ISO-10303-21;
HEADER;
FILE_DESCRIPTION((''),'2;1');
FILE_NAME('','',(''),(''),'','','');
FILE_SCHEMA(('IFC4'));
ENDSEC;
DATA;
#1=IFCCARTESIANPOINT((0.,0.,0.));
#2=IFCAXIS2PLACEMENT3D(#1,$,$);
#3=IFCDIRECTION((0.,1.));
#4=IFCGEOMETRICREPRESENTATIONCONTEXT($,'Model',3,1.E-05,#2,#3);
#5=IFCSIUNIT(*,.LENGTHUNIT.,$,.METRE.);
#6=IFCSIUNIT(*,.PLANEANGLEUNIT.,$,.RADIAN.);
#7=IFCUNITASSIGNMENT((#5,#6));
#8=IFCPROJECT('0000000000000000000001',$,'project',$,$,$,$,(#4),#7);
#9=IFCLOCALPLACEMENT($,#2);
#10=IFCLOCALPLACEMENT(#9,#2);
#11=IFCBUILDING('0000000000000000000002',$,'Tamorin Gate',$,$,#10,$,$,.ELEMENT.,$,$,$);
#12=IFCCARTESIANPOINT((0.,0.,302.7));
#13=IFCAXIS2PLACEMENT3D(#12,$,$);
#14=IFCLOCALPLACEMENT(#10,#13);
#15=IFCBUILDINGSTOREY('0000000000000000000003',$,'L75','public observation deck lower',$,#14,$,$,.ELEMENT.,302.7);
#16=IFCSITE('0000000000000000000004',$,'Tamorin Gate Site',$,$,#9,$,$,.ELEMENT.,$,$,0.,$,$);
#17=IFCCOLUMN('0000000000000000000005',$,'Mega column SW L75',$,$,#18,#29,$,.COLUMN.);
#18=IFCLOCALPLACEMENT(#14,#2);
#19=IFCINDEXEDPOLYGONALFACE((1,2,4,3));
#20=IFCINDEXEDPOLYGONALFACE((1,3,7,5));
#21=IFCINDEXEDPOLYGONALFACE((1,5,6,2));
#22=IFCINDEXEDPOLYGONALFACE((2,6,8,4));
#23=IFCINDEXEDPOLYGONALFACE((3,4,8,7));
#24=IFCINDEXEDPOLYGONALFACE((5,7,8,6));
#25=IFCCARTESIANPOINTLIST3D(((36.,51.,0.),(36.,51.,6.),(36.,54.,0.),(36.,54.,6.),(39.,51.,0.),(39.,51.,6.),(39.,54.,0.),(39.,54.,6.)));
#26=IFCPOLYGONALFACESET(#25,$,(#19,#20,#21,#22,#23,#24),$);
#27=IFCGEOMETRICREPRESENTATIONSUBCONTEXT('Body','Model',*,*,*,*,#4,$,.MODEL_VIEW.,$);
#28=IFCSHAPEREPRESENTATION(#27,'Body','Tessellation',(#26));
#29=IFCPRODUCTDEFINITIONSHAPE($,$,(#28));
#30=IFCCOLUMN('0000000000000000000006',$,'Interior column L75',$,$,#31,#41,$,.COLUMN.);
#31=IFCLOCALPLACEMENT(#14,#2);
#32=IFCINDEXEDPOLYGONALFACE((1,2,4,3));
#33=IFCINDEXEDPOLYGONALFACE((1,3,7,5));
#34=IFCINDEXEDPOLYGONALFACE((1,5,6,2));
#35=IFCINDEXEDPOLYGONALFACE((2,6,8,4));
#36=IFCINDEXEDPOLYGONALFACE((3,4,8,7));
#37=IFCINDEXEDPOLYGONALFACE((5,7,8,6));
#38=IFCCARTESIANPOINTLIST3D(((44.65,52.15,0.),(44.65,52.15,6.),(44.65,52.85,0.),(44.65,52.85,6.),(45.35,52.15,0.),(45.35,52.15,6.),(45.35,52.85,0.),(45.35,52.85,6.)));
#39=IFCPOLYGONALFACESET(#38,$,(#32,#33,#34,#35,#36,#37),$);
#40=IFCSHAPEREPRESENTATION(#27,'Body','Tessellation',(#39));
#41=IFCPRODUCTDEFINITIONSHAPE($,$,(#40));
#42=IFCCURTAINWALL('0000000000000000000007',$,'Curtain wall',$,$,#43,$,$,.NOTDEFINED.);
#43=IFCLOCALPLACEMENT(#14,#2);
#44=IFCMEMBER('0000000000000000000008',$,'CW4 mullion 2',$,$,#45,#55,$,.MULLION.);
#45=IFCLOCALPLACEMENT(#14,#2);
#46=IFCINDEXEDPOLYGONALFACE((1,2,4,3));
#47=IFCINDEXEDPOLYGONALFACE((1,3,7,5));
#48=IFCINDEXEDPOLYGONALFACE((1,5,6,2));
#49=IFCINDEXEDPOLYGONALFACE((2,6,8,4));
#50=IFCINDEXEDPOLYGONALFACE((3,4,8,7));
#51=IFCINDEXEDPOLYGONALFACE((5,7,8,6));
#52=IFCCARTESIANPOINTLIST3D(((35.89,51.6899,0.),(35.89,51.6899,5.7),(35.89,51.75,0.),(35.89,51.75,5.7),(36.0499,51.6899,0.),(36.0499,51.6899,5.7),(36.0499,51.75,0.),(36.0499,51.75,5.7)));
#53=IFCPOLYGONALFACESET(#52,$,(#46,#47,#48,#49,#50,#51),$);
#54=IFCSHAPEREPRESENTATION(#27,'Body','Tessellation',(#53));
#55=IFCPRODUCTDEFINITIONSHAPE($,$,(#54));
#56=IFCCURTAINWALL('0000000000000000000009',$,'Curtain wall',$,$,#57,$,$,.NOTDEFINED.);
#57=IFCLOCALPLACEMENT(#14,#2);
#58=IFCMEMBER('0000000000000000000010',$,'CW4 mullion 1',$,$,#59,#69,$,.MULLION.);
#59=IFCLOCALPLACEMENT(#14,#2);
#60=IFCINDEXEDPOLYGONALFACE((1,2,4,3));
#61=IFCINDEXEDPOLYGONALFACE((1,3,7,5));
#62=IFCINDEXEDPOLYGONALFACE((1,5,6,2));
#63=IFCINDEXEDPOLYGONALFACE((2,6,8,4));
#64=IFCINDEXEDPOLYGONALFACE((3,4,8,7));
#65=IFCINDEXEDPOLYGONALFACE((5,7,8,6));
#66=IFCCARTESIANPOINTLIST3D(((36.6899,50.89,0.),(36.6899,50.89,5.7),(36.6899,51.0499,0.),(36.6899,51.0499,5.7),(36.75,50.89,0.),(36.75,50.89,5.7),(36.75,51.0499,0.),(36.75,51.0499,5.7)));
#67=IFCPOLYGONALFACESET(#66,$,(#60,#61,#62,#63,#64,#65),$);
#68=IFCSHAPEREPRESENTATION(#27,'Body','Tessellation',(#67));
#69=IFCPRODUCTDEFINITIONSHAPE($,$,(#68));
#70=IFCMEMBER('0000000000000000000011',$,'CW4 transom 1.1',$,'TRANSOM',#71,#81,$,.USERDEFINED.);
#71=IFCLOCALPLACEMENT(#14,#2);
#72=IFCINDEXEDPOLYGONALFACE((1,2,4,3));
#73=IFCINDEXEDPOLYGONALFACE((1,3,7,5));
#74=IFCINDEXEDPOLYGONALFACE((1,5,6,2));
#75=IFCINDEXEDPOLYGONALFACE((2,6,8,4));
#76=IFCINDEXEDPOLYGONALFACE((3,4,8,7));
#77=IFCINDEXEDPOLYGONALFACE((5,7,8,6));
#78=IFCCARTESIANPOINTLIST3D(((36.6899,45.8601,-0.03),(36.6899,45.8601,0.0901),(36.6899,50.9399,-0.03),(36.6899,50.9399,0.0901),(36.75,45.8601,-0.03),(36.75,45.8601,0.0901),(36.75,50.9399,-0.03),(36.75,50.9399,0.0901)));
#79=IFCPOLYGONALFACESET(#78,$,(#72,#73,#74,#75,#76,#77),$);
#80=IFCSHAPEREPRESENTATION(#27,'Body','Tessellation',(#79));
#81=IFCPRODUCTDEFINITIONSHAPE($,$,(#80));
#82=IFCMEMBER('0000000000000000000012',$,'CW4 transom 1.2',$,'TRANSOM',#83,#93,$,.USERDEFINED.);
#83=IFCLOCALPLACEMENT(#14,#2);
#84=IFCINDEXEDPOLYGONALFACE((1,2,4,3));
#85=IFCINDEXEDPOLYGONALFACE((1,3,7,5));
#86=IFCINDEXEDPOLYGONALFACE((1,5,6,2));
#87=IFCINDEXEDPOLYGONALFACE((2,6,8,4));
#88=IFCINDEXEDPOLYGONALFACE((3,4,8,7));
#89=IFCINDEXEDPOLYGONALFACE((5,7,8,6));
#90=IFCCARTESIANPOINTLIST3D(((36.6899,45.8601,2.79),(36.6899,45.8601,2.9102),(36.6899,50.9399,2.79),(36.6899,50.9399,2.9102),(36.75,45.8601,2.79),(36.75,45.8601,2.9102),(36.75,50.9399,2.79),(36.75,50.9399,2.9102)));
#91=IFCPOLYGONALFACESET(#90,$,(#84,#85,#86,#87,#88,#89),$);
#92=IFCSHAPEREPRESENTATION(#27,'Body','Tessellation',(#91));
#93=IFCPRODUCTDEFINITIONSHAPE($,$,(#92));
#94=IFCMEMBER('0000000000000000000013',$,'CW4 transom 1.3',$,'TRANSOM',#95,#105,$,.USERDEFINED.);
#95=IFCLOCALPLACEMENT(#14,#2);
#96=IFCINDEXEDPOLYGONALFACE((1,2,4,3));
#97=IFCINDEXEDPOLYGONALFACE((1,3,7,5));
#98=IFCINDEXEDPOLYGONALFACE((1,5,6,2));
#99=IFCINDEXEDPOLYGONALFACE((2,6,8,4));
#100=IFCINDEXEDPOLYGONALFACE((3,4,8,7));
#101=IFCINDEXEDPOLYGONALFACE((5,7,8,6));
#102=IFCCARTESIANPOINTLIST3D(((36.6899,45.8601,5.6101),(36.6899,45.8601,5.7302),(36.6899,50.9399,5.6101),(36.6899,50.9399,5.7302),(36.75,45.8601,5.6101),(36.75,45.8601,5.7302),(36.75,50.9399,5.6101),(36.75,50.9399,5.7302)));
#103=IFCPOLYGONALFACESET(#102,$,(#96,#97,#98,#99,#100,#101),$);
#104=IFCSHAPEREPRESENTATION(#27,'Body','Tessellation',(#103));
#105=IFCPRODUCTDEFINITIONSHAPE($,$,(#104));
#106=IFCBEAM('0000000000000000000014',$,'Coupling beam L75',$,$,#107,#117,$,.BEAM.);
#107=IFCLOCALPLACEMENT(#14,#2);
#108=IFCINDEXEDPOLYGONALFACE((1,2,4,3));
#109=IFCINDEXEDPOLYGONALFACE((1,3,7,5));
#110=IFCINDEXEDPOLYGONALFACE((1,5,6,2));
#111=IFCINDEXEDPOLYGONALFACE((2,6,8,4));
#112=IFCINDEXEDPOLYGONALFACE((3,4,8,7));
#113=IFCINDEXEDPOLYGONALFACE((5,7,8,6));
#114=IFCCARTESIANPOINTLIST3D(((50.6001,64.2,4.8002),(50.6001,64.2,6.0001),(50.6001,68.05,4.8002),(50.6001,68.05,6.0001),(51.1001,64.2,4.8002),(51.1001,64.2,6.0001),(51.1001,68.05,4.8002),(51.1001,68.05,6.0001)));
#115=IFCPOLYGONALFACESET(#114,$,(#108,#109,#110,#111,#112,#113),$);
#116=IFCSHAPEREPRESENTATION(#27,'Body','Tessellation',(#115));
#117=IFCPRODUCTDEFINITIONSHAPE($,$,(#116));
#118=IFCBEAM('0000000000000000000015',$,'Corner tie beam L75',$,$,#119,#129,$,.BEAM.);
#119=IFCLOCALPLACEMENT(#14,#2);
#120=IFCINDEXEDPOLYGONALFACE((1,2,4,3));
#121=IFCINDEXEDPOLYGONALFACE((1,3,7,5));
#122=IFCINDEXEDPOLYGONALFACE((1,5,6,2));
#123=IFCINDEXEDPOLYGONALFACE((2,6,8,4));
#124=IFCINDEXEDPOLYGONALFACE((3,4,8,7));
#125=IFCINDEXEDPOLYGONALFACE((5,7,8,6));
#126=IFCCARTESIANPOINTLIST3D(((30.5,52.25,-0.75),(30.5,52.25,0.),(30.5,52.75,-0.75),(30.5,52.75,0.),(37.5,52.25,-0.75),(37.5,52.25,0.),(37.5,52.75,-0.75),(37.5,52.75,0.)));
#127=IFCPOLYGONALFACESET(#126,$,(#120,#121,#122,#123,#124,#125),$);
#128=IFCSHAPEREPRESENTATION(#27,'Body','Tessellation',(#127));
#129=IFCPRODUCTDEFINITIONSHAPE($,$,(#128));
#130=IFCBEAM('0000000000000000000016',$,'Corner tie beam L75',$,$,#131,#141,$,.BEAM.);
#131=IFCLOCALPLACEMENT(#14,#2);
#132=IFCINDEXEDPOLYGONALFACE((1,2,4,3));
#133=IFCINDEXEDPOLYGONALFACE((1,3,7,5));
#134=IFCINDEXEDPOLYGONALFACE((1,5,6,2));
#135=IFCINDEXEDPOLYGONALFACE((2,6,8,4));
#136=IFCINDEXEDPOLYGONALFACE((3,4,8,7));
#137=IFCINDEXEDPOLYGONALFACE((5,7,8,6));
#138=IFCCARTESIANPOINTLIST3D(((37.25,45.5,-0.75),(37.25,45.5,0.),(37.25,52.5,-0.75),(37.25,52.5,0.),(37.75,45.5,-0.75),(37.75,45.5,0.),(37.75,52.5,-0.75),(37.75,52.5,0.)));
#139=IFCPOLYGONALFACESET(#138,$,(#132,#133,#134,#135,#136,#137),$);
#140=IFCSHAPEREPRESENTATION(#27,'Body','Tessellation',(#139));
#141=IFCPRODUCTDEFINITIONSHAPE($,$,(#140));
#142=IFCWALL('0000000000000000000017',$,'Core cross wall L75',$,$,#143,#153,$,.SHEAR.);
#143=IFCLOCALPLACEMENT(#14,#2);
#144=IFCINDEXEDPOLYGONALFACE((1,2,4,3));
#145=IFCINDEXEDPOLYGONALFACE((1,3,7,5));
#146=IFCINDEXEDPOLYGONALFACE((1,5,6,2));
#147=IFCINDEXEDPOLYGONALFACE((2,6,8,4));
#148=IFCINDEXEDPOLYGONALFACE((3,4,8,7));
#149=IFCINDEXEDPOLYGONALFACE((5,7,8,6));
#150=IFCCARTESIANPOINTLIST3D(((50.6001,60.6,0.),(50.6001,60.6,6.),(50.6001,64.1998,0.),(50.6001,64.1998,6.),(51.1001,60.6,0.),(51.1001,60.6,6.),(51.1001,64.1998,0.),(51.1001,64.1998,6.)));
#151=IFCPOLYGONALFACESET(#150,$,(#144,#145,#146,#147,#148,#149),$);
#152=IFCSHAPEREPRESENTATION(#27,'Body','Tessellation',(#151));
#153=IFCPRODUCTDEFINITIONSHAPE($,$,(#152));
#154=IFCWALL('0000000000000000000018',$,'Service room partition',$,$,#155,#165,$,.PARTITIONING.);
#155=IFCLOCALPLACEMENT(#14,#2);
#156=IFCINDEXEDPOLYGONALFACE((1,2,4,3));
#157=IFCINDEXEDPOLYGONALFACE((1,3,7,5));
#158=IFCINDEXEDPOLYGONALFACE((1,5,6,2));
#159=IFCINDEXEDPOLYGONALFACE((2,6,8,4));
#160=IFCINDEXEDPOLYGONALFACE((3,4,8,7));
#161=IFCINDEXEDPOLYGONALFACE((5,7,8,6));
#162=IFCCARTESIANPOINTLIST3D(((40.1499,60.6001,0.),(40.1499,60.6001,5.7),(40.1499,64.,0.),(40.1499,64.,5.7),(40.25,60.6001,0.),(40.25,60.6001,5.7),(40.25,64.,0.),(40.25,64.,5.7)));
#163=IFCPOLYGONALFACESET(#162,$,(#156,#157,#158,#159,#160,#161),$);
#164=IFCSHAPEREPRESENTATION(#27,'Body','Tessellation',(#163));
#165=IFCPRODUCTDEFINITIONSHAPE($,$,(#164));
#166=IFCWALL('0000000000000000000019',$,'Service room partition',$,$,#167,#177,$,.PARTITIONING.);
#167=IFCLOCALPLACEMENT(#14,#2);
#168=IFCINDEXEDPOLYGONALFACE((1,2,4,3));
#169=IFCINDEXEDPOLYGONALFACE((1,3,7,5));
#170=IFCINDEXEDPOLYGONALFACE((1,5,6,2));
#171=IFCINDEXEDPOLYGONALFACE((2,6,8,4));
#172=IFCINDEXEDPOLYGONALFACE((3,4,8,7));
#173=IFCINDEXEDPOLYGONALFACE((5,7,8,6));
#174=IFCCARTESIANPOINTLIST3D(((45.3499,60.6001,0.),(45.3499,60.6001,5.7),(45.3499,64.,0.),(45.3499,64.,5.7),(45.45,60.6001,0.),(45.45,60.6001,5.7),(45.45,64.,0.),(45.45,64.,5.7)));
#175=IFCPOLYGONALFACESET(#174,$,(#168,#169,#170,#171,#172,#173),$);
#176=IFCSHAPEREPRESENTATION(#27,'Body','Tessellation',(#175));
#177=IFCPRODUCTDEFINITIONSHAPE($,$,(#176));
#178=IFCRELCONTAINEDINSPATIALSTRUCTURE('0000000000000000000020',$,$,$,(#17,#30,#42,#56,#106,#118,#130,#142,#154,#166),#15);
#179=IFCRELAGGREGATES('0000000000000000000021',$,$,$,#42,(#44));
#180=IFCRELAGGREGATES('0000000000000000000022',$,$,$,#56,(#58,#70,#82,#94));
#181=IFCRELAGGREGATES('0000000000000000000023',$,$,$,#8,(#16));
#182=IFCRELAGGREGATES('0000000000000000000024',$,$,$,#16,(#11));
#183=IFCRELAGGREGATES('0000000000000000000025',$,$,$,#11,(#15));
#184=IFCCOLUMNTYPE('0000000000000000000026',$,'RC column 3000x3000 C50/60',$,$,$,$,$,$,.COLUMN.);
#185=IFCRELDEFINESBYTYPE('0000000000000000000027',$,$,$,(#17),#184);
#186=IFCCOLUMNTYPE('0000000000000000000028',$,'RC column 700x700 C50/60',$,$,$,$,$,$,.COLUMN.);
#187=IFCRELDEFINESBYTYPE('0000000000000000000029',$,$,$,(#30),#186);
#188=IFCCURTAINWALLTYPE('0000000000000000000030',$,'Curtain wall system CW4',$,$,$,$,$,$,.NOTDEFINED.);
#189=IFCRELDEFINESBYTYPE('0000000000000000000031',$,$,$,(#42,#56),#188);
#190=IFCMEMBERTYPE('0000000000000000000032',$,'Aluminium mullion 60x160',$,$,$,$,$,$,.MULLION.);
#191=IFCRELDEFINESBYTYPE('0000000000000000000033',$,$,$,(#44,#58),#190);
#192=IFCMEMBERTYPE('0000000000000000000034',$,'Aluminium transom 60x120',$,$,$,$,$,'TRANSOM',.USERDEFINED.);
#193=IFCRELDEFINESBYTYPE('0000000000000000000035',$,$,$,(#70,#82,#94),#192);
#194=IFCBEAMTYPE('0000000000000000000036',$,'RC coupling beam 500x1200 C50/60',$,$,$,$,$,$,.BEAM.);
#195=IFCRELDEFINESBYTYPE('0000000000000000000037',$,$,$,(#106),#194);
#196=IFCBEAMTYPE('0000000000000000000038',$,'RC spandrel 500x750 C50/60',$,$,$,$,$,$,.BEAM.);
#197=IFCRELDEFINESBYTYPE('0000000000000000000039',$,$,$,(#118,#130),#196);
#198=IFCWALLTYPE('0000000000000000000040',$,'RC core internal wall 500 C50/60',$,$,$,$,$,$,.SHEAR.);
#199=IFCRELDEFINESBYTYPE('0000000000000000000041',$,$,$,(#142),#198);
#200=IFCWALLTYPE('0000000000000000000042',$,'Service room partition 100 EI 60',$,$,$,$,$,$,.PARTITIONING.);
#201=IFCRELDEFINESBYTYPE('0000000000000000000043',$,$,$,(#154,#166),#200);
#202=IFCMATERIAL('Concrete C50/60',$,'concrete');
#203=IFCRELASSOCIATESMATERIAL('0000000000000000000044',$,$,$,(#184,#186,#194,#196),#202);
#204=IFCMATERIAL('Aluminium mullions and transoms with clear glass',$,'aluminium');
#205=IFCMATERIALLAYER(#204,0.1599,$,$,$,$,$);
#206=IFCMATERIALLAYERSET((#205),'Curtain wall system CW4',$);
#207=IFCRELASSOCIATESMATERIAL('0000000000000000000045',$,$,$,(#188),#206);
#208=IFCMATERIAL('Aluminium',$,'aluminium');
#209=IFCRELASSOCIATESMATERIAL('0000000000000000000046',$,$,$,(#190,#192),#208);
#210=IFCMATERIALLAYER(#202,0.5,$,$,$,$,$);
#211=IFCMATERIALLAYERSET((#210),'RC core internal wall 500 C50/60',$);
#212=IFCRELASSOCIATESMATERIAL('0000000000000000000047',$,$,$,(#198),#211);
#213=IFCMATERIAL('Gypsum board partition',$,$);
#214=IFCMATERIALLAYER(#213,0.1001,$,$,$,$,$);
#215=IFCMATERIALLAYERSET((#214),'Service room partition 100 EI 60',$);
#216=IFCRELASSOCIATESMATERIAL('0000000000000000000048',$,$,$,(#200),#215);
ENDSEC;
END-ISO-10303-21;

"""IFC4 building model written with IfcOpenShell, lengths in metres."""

from ifc_helpers import new_model, si_unit, direction, frame, frame_2d, origin, origin_2d, place, context, subcontext, project, spatial, rectangle, extrude, material, layer, layer_set, material_profile, profile_set, type_object, element, aggregate, save


model = new_model("IFC4")

# Units and contexts
model_context = context("Model", 3, precision=1e-05, world=origin(), true_north=direction((0.0, 1.0)))
body_context = subcontext(model_context, "Body", "Model", "MODEL_VIEW")
ifc_project = project(units=[si_unit("LENGTHUNIT", "METRE"), si_unit("PLANEANGLEUNIT", "RADIAN")], contexts=[model_context])

# Site, building, storey
site_placement = place(None, origin())
site = spatial("IfcSite", under=ifc_project, at=site_placement, Name="Tamorin Gate Site", CompositionType="ELEMENT", RefElevation=0.0)
building_placement = place(site_placement, origin())
building = spatial("IfcBuilding", under=site, at=building_placement, Name="Tamorin Gate", CompositionType="ELEMENT")
storey_placement = place(building_placement, frame((0.0, 0.0, 302.7)))
storey = spatial("IfcBuildingStorey", under=building, at=storey_placement, Name="L75", Description="public observation deck lower", CompositionType="ELEMENT", Elevation=302.7)

# Columns
ifc_material_1 = material(Name="Concrete C50/60", Category="concrete")
ifc_material_profile_1 = material_profile(ifc_material_1, rectangle(XDim=3.0, YDim=3.0, at=origin_2d()), Name="RC 3000x3000")
ifc_profile_set_1 = profile_set([ifc_material_profile_1], Name="Concrete C50/60")
column_type_1 = type_object("IfcColumnType", Name="RC column 3000x3000 C50/60", PredefinedType="COLUMN", material=ifc_profile_set_1)
column_1_placement = place(storey_placement, frame((37.5, 52.5, 0.0), z_axis=(0.0, 0.0, 1.0), x_axis=(1.0, 0.0, 0.0)))
element("IfcColumn", 1, at=column_1_placement, inside=storey, type_object=column_type_1, Name="Mega column SW L75", PredefinedType="COLUMN", context=body_context, shape_type="SweptSolid", body=[
    extrude(rectangle(XDim=3.0, YDim=3.0, at=origin_2d()), origin(), (0.0, 0.0, 1.0), 6.0),
])
ifc_material_profile_2 = material_profile(ifc_material_1, rectangle(XDim=0.7, YDim=0.7, at=origin_2d()), Name="RC 700x700")
ifc_profile_set_2 = profile_set([ifc_material_profile_2], Name="Concrete C50/60")
column_type_2 = type_object("IfcColumnType", Name="RC column 700x700 C50/60", PredefinedType="COLUMN", material=ifc_profile_set_2)
column_2_placement = place(storey_placement, frame((45.0, 52.5, 0.0), z_axis=(0.0, 0.0, 1.0), x_axis=(1.0, 0.0, 0.0)))
element("IfcColumn", 2, at=column_2_placement, inside=storey, type_object=column_type_2, Name="Interior column L75", PredefinedType="COLUMN", context=body_context, shape_type="SweptSolid", body=[
    extrude(rectangle(XDim=0.7, YDim=0.7, at=origin_2d()), origin(), (0.0, 0.0, 1.0), 6.0),
])

# Curtain wall, member
ifc_material_2 = material(Name="Aluminium mullions and transoms with clear glass", Category="aluminium")
ifc_layer_1 = layer(ifc_material_2, 0.1599)
ifc_layer_set_1 = layer_set([ifc_layer_1], Name="Curtain wall system CW4")
curtain_wall_type = type_object("IfcCurtainWallType", Name="Curtain wall system CW4", PredefinedType="NOTDEFINED", material=ifc_layer_set_1)
curtain_wall_1_placement = place(storey_placement, origin())
curtain_wall_1 = element("IfcCurtainWall", 3, at=curtain_wall_1_placement, inside=storey, type_object=curtain_wall_type, Name="Curtain wall", PredefinedType="NOTDEFINED")
ifc_material_3 = material(Name="Aluminium", Category="aluminium")
ifc_material_profile_3 = material_profile(ifc_material_3, rectangle(XDim=0.0601, YDim=0.1599, at=origin_2d()), Name="RECT 60x160")
ifc_profile_set_3 = profile_set([ifc_material_profile_3], Name="Aluminium")
member_type_1 = type_object("IfcMemberType", Name="Aluminium mullion 60x160", PredefinedType="MULLION", material=ifc_profile_set_3)
member_1_placement = place(storey_placement, frame((35.97, 51.72, 0.0), z_axis=(0.0, 0.0, 1.0), x_axis=(0.0, 1.0, 0.0)))
member_1 = element("IfcMember", 4, at=member_1_placement, type_object=member_type_1, Name="CW4 mullion 2", PredefinedType="MULLION", context=body_context, shape_type="SweptSolid", body=[
    extrude(rectangle(XDim=0.0601, YDim=0.1599, at=origin_2d()), origin(), (0.0, 0.0, 1.0), 5.7),
])
aggregate(curtain_wall_1, [member_1])

# Curtain wall, members
curtain_wall_2_placement = place(storey_placement, origin())
curtain_wall_2 = element("IfcCurtainWall", 5, at=curtain_wall_2_placement, inside=storey, type_object=curtain_wall_type, Name="Curtain wall", PredefinedType="NOTDEFINED")
member_2_placement = place(storey_placement, frame((36.72, 50.97, 0.0), z_axis=(0.0, 0.0, 1.0), x_axis=(1.0, 0.0, 0.0)))
member_2 = element("IfcMember", 6, at=member_2_placement, type_object=member_type_1, Name="CW4 mullion 1", PredefinedType="MULLION", context=body_context, shape_type="SweptSolid", body=[
    extrude(rectangle(XDim=0.0601, YDim=0.1599, at=origin_2d()), origin(), (0.0, 0.0, 1.0), 5.7),
])
ifc_material_profile_4 = material_profile(ifc_material_3, rectangle(XDim=0.0601, YDim=0.1201, at=origin_2d()), Name="RECT 60x120")
ifc_profile_set_4 = profile_set([ifc_material_profile_4], Name="Aluminium")
member_type_2 = type_object("IfcMemberType", Name="Aluminium transom 60x120", ElementType="TRANSOM", PredefinedType="USERDEFINED", material=ifc_profile_set_4)
member_3_placement = place(storey_placement, frame((36.72, 50.9399, 0.03), z_axis=(0.0, -1.0, 0.0), x_axis=(1.0, 0.0, 0.0)))
member_3 = element("IfcMember", 7, at=member_3_placement, type_object=member_type_2, Name="CW4 transom 1.1", ObjectType="TRANSOM", PredefinedType="USERDEFINED", context=body_context, shape_type="SweptSolid", body=[
    extrude(rectangle(XDim=0.0601, YDim=0.1201, at=origin_2d()), origin(), (0.0, 0.0, 1.0), 5.0798),
])
member_4_placement = place(storey_placement, frame((36.72, 50.9399, 2.8501), z_axis=(0.0, -1.0, 0.0), x_axis=(1.0, 0.0, 0.0)))
member_4 = element("IfcMember", 8, at=member_4_placement, type_object=member_type_2, Name="CW4 transom 1.2", ObjectType="TRANSOM", PredefinedType="USERDEFINED", context=body_context, shape_type="SweptSolid", body=[
    extrude(rectangle(XDim=0.0601, YDim=0.1201, at=origin_2d()), origin(), (0.0, 0.0, 1.0), 5.0798),
])
member_5_placement = place(storey_placement, frame((36.72, 50.9399, 5.6702), z_axis=(0.0, -1.0, 0.0), x_axis=(1.0, 0.0, 0.0)))
member_5 = element("IfcMember", 9, at=member_5_placement, type_object=member_type_2, Name="CW4 transom 1.3", ObjectType="TRANSOM", PredefinedType="USERDEFINED", context=body_context, shape_type="SweptSolid", body=[
    extrude(rectangle(XDim=0.0601, YDim=0.1201, at=origin_2d()), origin(), (0.0, 0.0, 1.0), 5.0798),
])
aggregate(curtain_wall_2, [member_2, member_3, member_4, member_5])

# Beams
ifc_material_profile_5 = material_profile(ifc_material_1, rectangle(XDim=0.5, YDim=1.2, at=origin_2d()), Name="RC 500x1200")
ifc_profile_set_5 = profile_set([ifc_material_profile_5], Name="Concrete C50/60")
beam_type_1 = type_object("IfcBeamType", Name="RC coupling beam 500x1200 C50/60", PredefinedType="BEAM", material=ifc_profile_set_5)
beam_placement = place(storey_placement, frame((50.8501, 64.2, 5.4001), z_axis=(0.0, 1.0, 0.0), x_axis=(-1.0, 0.0, 0.0)))
element("IfcBeam", 10, at=beam_placement, inside=storey, type_object=beam_type_1, Name="Coupling beam L75", PredefinedType="BEAM", context=body_context, shape_type="SweptSolid", body=[
    extrude(rectangle(XDim=0.5, YDim=1.2, at=origin_2d()), origin(), (0.0, 0.0, 1.0), 3.8501),
])
ifc_material_profile_6 = material_profile(ifc_material_1, rectangle(XDim=0.5, YDim=0.75, at=origin_2d()), Name="RC 500x750")
ifc_profile_set_6 = profile_set([ifc_material_profile_6], Name="Concrete C50/60")
beam_type_2 = type_object("IfcBeamType", Name="RC spandrel 500x750 C50/60", PredefinedType="BEAM", material=ifc_profile_set_6)
for number, where, z_axis, x_axis, name in (
    (11, (37.5, 52.5, -0.375), (-1.0, 0.0, 0.0), (0.0, -1.0, 0.0), "Corner tie beam L75"),
    (12, (37.5, 52.5, -0.375), (0.0, -1.0, 0.0), (1.0, 0.0, 0.0), "Corner tie beam L75"),
):
    element("IfcBeam", number, at=place(storey_placement, frame(where, z_axis=z_axis, x_axis=x_axis)), inside=storey, type_object=beam_type_2, Name=name, PredefinedType="BEAM", context=body_context, shape_type="SweptSolid", body=[
        extrude(rectangle(XDim=0.5, YDim=0.75, at=origin_2d()), origin(), (0.0, 0.0, 1.0), 7.0),
    ])

# Walls
ifc_layer_2 = layer(ifc_material_1, 0.5)
ifc_layer_set_2 = layer_set([ifc_layer_2], Name="RC core internal wall 500 C50/60")
wall_type_1 = type_object("IfcWallType", Name="RC core internal wall 500 C50/60", PredefinedType="SHEAR", material=ifc_layer_set_2)
wall_placement = place(storey_placement, frame((50.8501, 60.6001, 0.0), z_axis=(0.0, 0.0, 1.0), x_axis=(0.0, 1.0, 0.0)))
element("IfcWall", 13, at=wall_placement, inside=storey, type_object=wall_type_1, Name="Core cross wall L75", PredefinedType="SHEAR", context=body_context, shape_type="SweptSolid", body=[
    extrude(rectangle(XDim=3.5999, YDim=0.5, at=frame_2d((1.7998, 0.0))), origin(), (0.0, 0.0, 1.0), 6.0),
])
ifc_material_4 = material(Name="Gypsum board partition")
ifc_layer_3 = layer(ifc_material_4, 0.1001)
ifc_layer_set_3 = layer_set([ifc_layer_3], Name="Service room partition 100 EI 60")
wall_type_2 = type_object("IfcWallType", Name="Service room partition 100 EI 60", PredefinedType="PARTITIONING", material=ifc_layer_set_3)
for number, where, z_axis, x_axis, name in (
    (14, (40.2, 60.6001, 0.0), (0.0, 0.0, 1.0), (0.0, 1.0, 0.0), "Service room partition"),
    (15, (45.3999, 60.6001, 0.0), (0.0, 0.0, 1.0), (0.0, 1.0, 0.0), "Service room partition"),
):
    element("IfcWall", number, at=place(storey_placement, frame(where, z_axis=z_axis, x_axis=x_axis)), inside=storey, type_object=wall_type_2, Name=name, PredefinedType="PARTITIONING", context=body_context, shape_type="SweptSolid", body=[
        extrude(rectangle(XDim=3.3999, YDim=0.1001, at=frame_2d((1.7, 0.0))), origin(), (0.0, 0.0, 1.0), 5.7),
    ])

save(model, "model.ifc")
